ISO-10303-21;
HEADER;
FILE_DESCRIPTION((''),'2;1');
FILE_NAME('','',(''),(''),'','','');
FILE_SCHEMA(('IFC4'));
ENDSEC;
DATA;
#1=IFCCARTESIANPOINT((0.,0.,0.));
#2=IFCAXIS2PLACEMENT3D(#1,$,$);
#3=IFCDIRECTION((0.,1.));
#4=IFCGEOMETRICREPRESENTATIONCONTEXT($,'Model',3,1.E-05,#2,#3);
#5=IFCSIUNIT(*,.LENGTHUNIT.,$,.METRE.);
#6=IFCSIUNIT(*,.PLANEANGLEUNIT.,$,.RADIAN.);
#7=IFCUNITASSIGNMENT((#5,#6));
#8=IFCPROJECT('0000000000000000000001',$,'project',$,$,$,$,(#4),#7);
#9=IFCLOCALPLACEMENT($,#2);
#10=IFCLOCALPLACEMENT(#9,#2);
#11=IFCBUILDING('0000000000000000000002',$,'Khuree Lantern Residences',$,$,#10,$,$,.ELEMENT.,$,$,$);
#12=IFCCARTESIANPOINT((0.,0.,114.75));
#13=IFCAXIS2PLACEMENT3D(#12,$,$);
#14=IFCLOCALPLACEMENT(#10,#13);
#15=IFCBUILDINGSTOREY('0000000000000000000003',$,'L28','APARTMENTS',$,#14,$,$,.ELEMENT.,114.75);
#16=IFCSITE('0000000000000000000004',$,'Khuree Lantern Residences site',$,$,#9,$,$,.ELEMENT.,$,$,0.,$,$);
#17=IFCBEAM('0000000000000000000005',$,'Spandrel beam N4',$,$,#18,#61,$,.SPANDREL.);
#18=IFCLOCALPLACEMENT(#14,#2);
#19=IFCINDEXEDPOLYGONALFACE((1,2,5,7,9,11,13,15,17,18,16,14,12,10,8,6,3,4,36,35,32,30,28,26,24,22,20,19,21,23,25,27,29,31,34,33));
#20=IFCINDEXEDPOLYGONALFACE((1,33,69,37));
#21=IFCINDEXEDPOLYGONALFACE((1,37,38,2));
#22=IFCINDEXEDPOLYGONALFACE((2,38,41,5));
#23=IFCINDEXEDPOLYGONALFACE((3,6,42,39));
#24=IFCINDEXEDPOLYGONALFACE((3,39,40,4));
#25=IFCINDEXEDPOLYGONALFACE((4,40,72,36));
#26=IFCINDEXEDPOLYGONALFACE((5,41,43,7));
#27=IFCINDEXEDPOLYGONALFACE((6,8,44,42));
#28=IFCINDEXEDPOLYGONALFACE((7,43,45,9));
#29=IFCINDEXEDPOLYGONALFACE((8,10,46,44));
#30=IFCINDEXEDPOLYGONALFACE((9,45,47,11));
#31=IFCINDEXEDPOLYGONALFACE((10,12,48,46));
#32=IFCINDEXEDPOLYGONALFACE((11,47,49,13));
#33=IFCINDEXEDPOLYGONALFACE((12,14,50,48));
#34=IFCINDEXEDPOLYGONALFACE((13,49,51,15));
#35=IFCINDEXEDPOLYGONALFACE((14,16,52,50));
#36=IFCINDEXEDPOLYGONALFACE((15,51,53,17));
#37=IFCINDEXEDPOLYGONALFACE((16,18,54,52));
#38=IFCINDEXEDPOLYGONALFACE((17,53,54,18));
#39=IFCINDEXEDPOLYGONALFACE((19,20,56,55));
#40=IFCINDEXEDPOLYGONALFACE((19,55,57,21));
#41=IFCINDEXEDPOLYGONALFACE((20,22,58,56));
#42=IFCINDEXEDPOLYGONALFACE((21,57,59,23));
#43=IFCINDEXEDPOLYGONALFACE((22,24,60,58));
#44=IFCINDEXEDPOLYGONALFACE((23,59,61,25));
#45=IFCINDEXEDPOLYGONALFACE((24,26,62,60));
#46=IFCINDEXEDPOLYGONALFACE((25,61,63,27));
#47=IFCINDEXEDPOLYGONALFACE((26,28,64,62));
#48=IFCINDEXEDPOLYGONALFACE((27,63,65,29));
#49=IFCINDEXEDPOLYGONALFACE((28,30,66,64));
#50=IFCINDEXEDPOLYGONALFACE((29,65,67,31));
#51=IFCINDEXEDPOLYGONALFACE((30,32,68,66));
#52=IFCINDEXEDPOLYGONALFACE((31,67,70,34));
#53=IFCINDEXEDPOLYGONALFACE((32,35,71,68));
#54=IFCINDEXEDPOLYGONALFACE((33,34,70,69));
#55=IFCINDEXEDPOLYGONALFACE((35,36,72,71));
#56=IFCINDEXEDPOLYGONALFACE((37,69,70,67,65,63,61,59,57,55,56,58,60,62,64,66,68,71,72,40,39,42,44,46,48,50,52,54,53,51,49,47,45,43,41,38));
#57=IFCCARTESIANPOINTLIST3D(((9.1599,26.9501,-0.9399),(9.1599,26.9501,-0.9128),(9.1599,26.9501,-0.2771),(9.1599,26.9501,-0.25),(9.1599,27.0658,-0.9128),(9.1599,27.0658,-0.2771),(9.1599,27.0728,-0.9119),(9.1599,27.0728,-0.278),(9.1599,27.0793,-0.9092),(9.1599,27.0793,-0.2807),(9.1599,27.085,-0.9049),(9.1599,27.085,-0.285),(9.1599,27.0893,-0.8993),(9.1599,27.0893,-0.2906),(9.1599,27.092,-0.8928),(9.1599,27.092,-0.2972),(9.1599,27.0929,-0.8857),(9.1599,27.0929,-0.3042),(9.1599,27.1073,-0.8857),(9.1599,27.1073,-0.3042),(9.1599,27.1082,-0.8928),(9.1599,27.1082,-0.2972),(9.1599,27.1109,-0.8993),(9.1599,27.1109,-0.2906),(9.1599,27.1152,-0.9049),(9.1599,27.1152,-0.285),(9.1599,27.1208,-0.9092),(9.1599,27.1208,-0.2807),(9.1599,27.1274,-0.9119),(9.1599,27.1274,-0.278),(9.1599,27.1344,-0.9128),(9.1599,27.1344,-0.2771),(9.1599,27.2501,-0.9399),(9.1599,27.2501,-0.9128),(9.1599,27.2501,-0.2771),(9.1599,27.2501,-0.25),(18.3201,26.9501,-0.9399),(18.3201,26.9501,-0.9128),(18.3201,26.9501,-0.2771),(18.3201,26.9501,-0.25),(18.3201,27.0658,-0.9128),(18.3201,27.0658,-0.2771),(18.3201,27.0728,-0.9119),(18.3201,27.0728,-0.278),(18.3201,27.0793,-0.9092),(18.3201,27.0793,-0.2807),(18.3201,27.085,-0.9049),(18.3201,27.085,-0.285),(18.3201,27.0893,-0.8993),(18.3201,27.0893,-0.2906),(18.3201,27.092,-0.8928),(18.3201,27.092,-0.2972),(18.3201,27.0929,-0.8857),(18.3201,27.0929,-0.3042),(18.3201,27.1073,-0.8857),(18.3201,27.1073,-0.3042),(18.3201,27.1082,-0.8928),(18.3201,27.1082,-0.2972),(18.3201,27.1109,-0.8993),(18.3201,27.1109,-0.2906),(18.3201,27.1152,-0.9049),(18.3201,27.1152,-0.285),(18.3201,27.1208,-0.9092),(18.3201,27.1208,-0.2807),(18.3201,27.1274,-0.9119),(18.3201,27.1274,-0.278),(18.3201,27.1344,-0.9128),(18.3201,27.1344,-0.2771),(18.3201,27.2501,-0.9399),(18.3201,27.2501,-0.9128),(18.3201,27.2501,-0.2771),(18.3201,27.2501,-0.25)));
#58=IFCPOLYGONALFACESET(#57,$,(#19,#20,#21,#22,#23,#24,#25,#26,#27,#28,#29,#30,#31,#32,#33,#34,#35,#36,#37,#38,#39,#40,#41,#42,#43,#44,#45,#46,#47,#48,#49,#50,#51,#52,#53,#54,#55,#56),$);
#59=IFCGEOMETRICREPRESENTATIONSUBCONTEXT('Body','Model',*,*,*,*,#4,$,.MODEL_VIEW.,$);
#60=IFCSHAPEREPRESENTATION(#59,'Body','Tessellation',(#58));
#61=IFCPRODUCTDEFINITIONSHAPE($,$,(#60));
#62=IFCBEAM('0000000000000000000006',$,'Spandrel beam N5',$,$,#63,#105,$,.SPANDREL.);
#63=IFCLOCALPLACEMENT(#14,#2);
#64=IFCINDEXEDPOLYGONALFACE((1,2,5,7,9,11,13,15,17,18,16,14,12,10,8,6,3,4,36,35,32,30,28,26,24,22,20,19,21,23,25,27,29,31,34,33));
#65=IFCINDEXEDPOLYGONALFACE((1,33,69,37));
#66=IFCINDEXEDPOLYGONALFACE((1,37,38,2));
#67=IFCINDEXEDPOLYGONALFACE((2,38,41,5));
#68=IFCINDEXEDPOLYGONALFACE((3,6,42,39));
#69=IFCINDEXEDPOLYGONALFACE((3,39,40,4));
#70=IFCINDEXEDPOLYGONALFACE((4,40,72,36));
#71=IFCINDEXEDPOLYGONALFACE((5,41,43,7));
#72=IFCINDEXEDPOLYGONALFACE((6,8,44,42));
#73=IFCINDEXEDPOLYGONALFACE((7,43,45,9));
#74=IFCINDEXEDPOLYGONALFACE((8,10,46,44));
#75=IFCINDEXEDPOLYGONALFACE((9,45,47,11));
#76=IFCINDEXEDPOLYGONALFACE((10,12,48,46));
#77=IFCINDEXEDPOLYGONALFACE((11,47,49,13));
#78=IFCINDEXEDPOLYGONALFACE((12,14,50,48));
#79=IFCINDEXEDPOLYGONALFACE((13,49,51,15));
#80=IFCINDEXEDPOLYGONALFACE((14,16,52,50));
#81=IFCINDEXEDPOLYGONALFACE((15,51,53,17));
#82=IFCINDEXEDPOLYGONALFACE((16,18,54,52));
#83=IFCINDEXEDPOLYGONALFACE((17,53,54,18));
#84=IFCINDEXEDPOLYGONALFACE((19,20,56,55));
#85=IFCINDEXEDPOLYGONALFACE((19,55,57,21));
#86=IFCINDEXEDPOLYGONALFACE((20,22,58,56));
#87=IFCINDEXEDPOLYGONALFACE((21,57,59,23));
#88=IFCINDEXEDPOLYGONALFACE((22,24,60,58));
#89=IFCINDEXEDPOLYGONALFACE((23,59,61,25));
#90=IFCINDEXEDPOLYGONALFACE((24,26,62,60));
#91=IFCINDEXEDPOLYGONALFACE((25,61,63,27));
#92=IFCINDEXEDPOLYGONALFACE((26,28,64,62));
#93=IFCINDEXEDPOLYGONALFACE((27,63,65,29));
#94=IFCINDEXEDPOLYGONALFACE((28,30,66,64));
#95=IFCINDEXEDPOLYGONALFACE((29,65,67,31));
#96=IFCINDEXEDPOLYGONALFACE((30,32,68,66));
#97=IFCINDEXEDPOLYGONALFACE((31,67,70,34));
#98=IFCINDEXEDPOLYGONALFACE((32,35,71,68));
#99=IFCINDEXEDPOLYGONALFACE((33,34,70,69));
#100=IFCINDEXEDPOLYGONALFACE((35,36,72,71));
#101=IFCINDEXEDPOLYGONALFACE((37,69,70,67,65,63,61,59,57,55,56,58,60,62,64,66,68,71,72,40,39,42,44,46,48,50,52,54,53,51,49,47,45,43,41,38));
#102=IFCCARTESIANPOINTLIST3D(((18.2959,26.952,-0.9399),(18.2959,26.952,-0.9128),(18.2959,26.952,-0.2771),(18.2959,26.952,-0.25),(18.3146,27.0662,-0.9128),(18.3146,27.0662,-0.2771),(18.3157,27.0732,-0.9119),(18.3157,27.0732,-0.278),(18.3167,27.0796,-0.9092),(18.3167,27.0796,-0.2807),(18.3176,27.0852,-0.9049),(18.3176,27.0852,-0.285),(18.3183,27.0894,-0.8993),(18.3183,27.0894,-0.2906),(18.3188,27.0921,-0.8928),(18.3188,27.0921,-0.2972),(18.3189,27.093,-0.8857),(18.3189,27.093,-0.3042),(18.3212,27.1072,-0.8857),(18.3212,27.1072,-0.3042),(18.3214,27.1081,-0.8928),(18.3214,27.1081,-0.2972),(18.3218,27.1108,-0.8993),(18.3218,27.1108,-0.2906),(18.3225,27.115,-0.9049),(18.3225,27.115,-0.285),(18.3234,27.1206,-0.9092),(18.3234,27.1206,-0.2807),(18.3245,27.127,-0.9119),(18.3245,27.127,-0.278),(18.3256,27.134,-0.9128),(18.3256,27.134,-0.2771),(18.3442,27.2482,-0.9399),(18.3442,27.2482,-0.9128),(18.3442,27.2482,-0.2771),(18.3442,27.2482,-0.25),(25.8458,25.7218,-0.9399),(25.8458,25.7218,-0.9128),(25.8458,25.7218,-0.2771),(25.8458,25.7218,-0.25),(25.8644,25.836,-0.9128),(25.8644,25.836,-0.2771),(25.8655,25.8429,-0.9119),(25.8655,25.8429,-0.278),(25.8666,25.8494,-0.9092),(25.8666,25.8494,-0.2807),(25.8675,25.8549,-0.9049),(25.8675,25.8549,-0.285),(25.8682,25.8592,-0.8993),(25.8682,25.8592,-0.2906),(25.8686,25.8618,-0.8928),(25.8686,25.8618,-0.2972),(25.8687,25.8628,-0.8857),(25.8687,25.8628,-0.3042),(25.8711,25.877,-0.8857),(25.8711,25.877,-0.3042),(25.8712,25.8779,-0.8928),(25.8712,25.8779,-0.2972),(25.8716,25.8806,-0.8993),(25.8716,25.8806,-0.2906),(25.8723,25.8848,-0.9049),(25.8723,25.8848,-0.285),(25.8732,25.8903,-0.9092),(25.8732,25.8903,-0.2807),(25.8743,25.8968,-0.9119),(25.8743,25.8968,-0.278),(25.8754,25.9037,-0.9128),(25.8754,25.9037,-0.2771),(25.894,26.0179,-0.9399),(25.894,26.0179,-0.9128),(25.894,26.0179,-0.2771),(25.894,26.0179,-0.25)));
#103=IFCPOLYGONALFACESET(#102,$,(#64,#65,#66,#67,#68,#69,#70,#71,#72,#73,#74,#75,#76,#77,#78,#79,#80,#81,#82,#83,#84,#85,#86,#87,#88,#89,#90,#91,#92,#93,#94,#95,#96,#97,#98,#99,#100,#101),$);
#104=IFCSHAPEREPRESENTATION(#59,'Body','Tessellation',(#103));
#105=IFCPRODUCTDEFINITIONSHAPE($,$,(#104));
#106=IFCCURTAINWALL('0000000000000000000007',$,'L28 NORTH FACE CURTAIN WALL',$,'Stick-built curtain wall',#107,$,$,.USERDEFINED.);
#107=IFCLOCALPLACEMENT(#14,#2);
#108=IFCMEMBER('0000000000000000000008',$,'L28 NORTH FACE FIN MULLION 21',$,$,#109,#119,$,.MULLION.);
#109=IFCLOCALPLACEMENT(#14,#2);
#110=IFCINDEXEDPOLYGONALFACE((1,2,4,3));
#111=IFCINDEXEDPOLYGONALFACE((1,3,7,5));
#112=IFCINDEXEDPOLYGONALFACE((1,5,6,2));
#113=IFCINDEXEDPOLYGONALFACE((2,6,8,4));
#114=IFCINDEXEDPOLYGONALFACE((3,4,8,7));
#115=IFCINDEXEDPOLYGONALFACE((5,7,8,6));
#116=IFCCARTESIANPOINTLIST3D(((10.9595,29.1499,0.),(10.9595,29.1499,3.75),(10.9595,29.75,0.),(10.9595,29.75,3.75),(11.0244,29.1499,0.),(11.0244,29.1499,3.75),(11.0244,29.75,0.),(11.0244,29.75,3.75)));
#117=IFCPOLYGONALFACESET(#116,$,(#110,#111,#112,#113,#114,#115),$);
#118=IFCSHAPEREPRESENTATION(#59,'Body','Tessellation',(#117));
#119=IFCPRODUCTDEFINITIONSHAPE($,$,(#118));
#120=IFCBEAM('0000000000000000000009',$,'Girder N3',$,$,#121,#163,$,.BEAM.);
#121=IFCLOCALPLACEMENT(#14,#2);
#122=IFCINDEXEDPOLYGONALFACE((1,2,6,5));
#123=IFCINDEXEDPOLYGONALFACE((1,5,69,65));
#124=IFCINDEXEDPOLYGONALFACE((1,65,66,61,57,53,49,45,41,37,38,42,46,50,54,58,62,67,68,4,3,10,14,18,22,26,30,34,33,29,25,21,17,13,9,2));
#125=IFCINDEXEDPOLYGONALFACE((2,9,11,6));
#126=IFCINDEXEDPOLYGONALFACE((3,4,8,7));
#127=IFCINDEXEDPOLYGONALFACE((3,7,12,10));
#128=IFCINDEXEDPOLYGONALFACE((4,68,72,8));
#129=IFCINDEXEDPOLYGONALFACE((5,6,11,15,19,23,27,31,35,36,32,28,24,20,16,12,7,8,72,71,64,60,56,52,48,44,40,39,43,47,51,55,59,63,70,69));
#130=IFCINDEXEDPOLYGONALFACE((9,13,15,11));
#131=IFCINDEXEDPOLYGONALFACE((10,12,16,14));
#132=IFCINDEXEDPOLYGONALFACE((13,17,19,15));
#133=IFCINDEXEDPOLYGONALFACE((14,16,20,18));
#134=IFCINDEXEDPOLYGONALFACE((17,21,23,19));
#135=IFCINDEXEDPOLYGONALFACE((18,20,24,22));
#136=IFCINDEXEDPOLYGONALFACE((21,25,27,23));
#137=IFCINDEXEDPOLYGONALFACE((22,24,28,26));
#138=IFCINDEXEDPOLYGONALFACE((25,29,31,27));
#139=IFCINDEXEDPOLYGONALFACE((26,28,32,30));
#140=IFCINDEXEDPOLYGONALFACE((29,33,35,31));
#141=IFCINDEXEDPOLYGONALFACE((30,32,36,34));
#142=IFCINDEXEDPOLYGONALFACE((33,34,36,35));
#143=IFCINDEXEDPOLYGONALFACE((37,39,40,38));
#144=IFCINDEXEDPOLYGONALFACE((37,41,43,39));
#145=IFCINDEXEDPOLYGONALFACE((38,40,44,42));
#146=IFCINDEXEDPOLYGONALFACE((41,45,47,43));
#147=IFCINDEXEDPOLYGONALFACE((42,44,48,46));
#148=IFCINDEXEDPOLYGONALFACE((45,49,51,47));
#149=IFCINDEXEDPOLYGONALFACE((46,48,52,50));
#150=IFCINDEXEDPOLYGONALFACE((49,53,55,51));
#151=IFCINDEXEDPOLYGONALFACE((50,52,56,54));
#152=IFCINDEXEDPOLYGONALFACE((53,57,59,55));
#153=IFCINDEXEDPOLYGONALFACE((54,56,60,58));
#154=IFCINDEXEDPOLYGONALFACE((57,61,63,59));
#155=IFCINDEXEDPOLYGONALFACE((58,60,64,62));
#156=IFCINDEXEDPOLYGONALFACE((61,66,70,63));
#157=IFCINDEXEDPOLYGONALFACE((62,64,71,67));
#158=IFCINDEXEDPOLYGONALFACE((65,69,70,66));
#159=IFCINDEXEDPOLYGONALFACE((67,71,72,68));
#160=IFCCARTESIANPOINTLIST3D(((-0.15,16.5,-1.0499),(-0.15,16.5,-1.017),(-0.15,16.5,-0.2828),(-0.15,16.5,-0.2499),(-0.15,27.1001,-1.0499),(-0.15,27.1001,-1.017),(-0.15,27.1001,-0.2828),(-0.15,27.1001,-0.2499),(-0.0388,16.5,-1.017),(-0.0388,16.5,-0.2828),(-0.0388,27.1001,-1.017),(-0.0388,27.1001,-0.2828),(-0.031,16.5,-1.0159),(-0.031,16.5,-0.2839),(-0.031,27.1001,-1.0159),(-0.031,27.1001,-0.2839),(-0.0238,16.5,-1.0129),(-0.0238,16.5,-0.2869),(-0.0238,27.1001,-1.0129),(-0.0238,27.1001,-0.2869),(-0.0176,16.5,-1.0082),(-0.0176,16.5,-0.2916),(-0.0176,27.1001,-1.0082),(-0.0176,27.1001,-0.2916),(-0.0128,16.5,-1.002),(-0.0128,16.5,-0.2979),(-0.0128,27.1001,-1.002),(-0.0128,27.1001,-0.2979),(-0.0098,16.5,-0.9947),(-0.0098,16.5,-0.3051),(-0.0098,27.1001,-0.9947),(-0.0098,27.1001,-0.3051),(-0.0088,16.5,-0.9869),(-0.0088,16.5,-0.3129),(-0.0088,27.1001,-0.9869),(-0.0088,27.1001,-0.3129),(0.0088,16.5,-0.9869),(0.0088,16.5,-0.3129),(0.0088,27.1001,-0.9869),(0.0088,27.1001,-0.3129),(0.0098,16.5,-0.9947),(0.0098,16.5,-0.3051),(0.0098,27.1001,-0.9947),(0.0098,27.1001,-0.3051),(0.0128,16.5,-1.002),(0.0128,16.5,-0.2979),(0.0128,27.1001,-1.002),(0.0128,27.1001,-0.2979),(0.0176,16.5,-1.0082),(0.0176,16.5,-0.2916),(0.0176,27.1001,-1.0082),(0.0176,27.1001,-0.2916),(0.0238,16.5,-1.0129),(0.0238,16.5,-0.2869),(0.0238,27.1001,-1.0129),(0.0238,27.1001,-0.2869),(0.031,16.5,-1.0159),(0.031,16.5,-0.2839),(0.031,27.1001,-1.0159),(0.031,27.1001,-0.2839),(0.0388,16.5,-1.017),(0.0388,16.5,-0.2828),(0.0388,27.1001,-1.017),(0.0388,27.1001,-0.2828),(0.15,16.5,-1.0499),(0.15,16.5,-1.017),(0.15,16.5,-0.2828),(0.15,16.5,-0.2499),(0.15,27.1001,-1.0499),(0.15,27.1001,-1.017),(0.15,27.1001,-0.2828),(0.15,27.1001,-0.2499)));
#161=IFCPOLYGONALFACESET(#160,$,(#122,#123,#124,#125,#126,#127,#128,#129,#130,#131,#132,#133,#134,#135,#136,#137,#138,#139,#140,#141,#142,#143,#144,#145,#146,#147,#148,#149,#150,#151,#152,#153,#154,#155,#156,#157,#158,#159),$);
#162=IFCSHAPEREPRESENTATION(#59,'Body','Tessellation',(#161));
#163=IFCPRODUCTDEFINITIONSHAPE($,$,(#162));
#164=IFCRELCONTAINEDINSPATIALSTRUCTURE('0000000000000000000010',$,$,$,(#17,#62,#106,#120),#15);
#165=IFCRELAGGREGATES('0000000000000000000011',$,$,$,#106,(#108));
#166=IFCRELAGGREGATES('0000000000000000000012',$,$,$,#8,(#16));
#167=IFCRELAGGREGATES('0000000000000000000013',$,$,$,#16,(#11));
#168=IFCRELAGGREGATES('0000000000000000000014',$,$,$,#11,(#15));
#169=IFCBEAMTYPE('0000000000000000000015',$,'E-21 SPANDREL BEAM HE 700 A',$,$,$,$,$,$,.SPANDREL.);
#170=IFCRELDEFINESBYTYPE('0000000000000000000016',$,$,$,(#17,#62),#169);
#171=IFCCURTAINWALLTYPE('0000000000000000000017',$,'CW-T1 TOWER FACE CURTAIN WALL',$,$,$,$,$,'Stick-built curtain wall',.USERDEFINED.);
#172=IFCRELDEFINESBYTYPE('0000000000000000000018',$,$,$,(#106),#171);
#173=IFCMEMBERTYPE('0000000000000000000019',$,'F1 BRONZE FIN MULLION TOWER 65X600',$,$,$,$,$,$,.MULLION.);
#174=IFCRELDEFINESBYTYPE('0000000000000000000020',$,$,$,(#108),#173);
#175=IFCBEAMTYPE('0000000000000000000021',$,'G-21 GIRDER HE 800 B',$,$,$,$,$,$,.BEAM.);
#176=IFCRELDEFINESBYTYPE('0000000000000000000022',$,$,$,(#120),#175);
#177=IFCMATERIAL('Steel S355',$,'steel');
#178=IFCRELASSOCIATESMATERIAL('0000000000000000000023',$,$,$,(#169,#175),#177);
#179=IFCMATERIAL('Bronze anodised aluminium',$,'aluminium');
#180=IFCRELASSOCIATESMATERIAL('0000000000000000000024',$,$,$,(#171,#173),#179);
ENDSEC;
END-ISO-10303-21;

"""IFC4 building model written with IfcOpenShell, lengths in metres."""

from ifc_helpers import new_model, si_unit, direction, frame, origin, origin_2d, place, context, subcontext, project, spatial, rectangle, i_section, extrude, material, material_profile, profile_set, type_object, element, aggregate, save


model = new_model("IFC4")

# Units and contexts
model_context = context("Model", 3, precision=1e-05, world=origin(), true_north=direction((0.0, 1.0)))
body_context = subcontext(model_context, "Body", "Model", "MODEL_VIEW")
ifc_project = project(units=[si_unit("LENGTHUNIT", "METRE"), si_unit("PLANEANGLEUNIT", "RADIAN")], contexts=[model_context])

# Site, building, storey
site_placement = place(None, origin())
site = spatial("IfcSite", under=ifc_project, at=site_placement, Name="Khuree Lantern Residences site", CompositionType="ELEMENT", RefElevation=0.0)
building_placement = place(site_placement, origin())
building = spatial("IfcBuilding", under=site, at=building_placement, Name="Khuree Lantern Residences", CompositionType="ELEMENT")
storey_placement = place(building_placement, frame((0.0, 0.0, 114.75)))
storey = spatial("IfcBuildingStorey", under=building, at=storey_placement, Name="L28", Description="APARTMENTS", CompositionType="ELEMENT", Elevation=114.75)

# Beams
ifc_material_1 = material(Name="Steel S355", Category="steel")
ifc_material_profile_1 = material_profile(ifc_material_1, i_section(OverallWidth=0.3, OverallDepth=0.6899, WebThickness=0.0144, FlangeThickness=0.0271, FilletRadius=0.0271, at=origin_2d()), Name="HE 700 A")
ifc_profile_set_1 = profile_set([ifc_material_profile_1], Name="Steel S355")
beam_type_1 = type_object("IfcBeamType", Name="E-21 SPANDREL BEAM HE 700 A", PredefinedType="SPANDREL", material=ifc_profile_set_1)
beam_1_placement = place(storey_placement, frame((9.1599, 27.1001, -0.595), z_axis=(1.0, 0.0, 0.0), x_axis=(0.0, 1.0, 0.0)))
element("IfcBeam", 1, at=beam_1_placement, inside=storey, type_object=beam_type_1, Name="Spandrel beam N4", PredefinedType="SPANDREL", context=body_context, shape_type="SweptSolid", body=[
    extrude(i_section(OverallWidth=0.3, OverallDepth=0.6899, WebThickness=0.0144, FlangeThickness=0.0271, FilletRadius=0.0271, at=origin_2d()), origin(), (0.0, 0.0, 1.0), 9.1602),
])
beam_2_placement = place(storey_placement, frame((18.3201, 27.1001, -0.595), z_axis=(0.986983, -0.160827, 0.0), x_axis=(0.160827, 0.986983, 0.0)))
element("IfcBeam", 2, at=beam_2_placement, inside=storey, type_object=beam_type_1, Name="Spandrel beam N5", PredefinedType="SPANDREL", context=body_context, shape_type="SweptSolid", body=[
    extrude(i_section(OverallWidth=0.3, OverallDepth=0.6899, WebThickness=0.0144, FlangeThickness=0.0271, FilletRadius=0.0271, at=origin_2d()), origin(), (0.0, 0.0, 1.0), 7.6494),
])

# Curtain wall, member
ifc_material_2 = material(Name="Bronze anodised aluminium", Category="aluminium")
curtain_wall_type = type_object("IfcCurtainWallType", Name="CW-T1 TOWER FACE CURTAIN WALL", ElementType="Stick-built curtain wall", PredefinedType="USERDEFINED", material=ifc_material_2)
curtain_wall_placement = place(storey_placement, origin())
curtain_wall = element("IfcCurtainWall", 3, at=curtain_wall_placement, inside=storey, type_object=curtain_wall_type, Name="L28 NORTH FACE CURTAIN WALL", ObjectType="Stick-built curtain wall", PredefinedType="USERDEFINED")
ifc_material_profile_2 = material_profile(ifc_material_2, rectangle(XDim=0.0649, YDim=0.6001, at=origin_2d()), Name="F1 65X600")
ifc_profile_set_2 = profile_set([ifc_material_profile_2], Name="Bronze anodised aluminium")
member_type_1 = type_object("IfcMemberType", Name="F1 BRONZE FIN MULLION TOWER 65X600", PredefinedType="MULLION", material=ifc_profile_set_2)
member_1_placement = place(storey_placement, frame((10.9919, 29.45, 0.0), z_axis=(0.0, 0.0, 1.0), x_axis=(-1.0, 0.0, 0.0)))
member_1 = element("IfcMember", 4, at=member_1_placement, type_object=member_type_1, Name="L28 NORTH FACE FIN MULLION 21", PredefinedType="MULLION", context=body_context, shape_type="SweptSolid", body=[
    extrude(rectangle(XDim=0.0649, YDim=0.6001, at=origin_2d()), origin(), (0.0, 0.0, 1.0), 3.75),
])

# Beam
ifc_material_profile_3 = material_profile(ifc_material_1, i_section(OverallWidth=0.3, OverallDepth=0.8, WebThickness=0.0176, FlangeThickness=0.033, FilletRadius=0.03, at=origin_2d()), Name="HE 800 B")
ifc_profile_set_3 = profile_set([ifc_material_profile_3], Name="Steel S355")
beam_type_2 = type_object("IfcBeamType", Name="G-21 GIRDER HE 800 B", PredefinedType="BEAM", material=ifc_profile_set_3)
for number, where, z_axis, x_axis, name in (
    (5, (0.0, 27.1001, -0.6499), (0.0, -1.0, 0.0), (1.0, 0.0, 0.0), "Girder N3"),
):
    element("IfcBeam", number, at=place(storey_placement, frame(where, z_axis=z_axis, x_axis=x_axis)), inside=storey, type_object=beam_type_2, Name=name, PredefinedType="BEAM", context=body_context, shape_type="SweptSolid", body=[
        extrude(i_section(OverallWidth=0.3, OverallDepth=0.8, WebThickness=0.0176, FlangeThickness=0.033, FilletRadius=0.03, at=origin_2d()), origin(), (0.0, 0.0, 1.0), 10.6001),
    ])

aggregate(curtain_wall, [member_1])

save(model, "model.ifc")
